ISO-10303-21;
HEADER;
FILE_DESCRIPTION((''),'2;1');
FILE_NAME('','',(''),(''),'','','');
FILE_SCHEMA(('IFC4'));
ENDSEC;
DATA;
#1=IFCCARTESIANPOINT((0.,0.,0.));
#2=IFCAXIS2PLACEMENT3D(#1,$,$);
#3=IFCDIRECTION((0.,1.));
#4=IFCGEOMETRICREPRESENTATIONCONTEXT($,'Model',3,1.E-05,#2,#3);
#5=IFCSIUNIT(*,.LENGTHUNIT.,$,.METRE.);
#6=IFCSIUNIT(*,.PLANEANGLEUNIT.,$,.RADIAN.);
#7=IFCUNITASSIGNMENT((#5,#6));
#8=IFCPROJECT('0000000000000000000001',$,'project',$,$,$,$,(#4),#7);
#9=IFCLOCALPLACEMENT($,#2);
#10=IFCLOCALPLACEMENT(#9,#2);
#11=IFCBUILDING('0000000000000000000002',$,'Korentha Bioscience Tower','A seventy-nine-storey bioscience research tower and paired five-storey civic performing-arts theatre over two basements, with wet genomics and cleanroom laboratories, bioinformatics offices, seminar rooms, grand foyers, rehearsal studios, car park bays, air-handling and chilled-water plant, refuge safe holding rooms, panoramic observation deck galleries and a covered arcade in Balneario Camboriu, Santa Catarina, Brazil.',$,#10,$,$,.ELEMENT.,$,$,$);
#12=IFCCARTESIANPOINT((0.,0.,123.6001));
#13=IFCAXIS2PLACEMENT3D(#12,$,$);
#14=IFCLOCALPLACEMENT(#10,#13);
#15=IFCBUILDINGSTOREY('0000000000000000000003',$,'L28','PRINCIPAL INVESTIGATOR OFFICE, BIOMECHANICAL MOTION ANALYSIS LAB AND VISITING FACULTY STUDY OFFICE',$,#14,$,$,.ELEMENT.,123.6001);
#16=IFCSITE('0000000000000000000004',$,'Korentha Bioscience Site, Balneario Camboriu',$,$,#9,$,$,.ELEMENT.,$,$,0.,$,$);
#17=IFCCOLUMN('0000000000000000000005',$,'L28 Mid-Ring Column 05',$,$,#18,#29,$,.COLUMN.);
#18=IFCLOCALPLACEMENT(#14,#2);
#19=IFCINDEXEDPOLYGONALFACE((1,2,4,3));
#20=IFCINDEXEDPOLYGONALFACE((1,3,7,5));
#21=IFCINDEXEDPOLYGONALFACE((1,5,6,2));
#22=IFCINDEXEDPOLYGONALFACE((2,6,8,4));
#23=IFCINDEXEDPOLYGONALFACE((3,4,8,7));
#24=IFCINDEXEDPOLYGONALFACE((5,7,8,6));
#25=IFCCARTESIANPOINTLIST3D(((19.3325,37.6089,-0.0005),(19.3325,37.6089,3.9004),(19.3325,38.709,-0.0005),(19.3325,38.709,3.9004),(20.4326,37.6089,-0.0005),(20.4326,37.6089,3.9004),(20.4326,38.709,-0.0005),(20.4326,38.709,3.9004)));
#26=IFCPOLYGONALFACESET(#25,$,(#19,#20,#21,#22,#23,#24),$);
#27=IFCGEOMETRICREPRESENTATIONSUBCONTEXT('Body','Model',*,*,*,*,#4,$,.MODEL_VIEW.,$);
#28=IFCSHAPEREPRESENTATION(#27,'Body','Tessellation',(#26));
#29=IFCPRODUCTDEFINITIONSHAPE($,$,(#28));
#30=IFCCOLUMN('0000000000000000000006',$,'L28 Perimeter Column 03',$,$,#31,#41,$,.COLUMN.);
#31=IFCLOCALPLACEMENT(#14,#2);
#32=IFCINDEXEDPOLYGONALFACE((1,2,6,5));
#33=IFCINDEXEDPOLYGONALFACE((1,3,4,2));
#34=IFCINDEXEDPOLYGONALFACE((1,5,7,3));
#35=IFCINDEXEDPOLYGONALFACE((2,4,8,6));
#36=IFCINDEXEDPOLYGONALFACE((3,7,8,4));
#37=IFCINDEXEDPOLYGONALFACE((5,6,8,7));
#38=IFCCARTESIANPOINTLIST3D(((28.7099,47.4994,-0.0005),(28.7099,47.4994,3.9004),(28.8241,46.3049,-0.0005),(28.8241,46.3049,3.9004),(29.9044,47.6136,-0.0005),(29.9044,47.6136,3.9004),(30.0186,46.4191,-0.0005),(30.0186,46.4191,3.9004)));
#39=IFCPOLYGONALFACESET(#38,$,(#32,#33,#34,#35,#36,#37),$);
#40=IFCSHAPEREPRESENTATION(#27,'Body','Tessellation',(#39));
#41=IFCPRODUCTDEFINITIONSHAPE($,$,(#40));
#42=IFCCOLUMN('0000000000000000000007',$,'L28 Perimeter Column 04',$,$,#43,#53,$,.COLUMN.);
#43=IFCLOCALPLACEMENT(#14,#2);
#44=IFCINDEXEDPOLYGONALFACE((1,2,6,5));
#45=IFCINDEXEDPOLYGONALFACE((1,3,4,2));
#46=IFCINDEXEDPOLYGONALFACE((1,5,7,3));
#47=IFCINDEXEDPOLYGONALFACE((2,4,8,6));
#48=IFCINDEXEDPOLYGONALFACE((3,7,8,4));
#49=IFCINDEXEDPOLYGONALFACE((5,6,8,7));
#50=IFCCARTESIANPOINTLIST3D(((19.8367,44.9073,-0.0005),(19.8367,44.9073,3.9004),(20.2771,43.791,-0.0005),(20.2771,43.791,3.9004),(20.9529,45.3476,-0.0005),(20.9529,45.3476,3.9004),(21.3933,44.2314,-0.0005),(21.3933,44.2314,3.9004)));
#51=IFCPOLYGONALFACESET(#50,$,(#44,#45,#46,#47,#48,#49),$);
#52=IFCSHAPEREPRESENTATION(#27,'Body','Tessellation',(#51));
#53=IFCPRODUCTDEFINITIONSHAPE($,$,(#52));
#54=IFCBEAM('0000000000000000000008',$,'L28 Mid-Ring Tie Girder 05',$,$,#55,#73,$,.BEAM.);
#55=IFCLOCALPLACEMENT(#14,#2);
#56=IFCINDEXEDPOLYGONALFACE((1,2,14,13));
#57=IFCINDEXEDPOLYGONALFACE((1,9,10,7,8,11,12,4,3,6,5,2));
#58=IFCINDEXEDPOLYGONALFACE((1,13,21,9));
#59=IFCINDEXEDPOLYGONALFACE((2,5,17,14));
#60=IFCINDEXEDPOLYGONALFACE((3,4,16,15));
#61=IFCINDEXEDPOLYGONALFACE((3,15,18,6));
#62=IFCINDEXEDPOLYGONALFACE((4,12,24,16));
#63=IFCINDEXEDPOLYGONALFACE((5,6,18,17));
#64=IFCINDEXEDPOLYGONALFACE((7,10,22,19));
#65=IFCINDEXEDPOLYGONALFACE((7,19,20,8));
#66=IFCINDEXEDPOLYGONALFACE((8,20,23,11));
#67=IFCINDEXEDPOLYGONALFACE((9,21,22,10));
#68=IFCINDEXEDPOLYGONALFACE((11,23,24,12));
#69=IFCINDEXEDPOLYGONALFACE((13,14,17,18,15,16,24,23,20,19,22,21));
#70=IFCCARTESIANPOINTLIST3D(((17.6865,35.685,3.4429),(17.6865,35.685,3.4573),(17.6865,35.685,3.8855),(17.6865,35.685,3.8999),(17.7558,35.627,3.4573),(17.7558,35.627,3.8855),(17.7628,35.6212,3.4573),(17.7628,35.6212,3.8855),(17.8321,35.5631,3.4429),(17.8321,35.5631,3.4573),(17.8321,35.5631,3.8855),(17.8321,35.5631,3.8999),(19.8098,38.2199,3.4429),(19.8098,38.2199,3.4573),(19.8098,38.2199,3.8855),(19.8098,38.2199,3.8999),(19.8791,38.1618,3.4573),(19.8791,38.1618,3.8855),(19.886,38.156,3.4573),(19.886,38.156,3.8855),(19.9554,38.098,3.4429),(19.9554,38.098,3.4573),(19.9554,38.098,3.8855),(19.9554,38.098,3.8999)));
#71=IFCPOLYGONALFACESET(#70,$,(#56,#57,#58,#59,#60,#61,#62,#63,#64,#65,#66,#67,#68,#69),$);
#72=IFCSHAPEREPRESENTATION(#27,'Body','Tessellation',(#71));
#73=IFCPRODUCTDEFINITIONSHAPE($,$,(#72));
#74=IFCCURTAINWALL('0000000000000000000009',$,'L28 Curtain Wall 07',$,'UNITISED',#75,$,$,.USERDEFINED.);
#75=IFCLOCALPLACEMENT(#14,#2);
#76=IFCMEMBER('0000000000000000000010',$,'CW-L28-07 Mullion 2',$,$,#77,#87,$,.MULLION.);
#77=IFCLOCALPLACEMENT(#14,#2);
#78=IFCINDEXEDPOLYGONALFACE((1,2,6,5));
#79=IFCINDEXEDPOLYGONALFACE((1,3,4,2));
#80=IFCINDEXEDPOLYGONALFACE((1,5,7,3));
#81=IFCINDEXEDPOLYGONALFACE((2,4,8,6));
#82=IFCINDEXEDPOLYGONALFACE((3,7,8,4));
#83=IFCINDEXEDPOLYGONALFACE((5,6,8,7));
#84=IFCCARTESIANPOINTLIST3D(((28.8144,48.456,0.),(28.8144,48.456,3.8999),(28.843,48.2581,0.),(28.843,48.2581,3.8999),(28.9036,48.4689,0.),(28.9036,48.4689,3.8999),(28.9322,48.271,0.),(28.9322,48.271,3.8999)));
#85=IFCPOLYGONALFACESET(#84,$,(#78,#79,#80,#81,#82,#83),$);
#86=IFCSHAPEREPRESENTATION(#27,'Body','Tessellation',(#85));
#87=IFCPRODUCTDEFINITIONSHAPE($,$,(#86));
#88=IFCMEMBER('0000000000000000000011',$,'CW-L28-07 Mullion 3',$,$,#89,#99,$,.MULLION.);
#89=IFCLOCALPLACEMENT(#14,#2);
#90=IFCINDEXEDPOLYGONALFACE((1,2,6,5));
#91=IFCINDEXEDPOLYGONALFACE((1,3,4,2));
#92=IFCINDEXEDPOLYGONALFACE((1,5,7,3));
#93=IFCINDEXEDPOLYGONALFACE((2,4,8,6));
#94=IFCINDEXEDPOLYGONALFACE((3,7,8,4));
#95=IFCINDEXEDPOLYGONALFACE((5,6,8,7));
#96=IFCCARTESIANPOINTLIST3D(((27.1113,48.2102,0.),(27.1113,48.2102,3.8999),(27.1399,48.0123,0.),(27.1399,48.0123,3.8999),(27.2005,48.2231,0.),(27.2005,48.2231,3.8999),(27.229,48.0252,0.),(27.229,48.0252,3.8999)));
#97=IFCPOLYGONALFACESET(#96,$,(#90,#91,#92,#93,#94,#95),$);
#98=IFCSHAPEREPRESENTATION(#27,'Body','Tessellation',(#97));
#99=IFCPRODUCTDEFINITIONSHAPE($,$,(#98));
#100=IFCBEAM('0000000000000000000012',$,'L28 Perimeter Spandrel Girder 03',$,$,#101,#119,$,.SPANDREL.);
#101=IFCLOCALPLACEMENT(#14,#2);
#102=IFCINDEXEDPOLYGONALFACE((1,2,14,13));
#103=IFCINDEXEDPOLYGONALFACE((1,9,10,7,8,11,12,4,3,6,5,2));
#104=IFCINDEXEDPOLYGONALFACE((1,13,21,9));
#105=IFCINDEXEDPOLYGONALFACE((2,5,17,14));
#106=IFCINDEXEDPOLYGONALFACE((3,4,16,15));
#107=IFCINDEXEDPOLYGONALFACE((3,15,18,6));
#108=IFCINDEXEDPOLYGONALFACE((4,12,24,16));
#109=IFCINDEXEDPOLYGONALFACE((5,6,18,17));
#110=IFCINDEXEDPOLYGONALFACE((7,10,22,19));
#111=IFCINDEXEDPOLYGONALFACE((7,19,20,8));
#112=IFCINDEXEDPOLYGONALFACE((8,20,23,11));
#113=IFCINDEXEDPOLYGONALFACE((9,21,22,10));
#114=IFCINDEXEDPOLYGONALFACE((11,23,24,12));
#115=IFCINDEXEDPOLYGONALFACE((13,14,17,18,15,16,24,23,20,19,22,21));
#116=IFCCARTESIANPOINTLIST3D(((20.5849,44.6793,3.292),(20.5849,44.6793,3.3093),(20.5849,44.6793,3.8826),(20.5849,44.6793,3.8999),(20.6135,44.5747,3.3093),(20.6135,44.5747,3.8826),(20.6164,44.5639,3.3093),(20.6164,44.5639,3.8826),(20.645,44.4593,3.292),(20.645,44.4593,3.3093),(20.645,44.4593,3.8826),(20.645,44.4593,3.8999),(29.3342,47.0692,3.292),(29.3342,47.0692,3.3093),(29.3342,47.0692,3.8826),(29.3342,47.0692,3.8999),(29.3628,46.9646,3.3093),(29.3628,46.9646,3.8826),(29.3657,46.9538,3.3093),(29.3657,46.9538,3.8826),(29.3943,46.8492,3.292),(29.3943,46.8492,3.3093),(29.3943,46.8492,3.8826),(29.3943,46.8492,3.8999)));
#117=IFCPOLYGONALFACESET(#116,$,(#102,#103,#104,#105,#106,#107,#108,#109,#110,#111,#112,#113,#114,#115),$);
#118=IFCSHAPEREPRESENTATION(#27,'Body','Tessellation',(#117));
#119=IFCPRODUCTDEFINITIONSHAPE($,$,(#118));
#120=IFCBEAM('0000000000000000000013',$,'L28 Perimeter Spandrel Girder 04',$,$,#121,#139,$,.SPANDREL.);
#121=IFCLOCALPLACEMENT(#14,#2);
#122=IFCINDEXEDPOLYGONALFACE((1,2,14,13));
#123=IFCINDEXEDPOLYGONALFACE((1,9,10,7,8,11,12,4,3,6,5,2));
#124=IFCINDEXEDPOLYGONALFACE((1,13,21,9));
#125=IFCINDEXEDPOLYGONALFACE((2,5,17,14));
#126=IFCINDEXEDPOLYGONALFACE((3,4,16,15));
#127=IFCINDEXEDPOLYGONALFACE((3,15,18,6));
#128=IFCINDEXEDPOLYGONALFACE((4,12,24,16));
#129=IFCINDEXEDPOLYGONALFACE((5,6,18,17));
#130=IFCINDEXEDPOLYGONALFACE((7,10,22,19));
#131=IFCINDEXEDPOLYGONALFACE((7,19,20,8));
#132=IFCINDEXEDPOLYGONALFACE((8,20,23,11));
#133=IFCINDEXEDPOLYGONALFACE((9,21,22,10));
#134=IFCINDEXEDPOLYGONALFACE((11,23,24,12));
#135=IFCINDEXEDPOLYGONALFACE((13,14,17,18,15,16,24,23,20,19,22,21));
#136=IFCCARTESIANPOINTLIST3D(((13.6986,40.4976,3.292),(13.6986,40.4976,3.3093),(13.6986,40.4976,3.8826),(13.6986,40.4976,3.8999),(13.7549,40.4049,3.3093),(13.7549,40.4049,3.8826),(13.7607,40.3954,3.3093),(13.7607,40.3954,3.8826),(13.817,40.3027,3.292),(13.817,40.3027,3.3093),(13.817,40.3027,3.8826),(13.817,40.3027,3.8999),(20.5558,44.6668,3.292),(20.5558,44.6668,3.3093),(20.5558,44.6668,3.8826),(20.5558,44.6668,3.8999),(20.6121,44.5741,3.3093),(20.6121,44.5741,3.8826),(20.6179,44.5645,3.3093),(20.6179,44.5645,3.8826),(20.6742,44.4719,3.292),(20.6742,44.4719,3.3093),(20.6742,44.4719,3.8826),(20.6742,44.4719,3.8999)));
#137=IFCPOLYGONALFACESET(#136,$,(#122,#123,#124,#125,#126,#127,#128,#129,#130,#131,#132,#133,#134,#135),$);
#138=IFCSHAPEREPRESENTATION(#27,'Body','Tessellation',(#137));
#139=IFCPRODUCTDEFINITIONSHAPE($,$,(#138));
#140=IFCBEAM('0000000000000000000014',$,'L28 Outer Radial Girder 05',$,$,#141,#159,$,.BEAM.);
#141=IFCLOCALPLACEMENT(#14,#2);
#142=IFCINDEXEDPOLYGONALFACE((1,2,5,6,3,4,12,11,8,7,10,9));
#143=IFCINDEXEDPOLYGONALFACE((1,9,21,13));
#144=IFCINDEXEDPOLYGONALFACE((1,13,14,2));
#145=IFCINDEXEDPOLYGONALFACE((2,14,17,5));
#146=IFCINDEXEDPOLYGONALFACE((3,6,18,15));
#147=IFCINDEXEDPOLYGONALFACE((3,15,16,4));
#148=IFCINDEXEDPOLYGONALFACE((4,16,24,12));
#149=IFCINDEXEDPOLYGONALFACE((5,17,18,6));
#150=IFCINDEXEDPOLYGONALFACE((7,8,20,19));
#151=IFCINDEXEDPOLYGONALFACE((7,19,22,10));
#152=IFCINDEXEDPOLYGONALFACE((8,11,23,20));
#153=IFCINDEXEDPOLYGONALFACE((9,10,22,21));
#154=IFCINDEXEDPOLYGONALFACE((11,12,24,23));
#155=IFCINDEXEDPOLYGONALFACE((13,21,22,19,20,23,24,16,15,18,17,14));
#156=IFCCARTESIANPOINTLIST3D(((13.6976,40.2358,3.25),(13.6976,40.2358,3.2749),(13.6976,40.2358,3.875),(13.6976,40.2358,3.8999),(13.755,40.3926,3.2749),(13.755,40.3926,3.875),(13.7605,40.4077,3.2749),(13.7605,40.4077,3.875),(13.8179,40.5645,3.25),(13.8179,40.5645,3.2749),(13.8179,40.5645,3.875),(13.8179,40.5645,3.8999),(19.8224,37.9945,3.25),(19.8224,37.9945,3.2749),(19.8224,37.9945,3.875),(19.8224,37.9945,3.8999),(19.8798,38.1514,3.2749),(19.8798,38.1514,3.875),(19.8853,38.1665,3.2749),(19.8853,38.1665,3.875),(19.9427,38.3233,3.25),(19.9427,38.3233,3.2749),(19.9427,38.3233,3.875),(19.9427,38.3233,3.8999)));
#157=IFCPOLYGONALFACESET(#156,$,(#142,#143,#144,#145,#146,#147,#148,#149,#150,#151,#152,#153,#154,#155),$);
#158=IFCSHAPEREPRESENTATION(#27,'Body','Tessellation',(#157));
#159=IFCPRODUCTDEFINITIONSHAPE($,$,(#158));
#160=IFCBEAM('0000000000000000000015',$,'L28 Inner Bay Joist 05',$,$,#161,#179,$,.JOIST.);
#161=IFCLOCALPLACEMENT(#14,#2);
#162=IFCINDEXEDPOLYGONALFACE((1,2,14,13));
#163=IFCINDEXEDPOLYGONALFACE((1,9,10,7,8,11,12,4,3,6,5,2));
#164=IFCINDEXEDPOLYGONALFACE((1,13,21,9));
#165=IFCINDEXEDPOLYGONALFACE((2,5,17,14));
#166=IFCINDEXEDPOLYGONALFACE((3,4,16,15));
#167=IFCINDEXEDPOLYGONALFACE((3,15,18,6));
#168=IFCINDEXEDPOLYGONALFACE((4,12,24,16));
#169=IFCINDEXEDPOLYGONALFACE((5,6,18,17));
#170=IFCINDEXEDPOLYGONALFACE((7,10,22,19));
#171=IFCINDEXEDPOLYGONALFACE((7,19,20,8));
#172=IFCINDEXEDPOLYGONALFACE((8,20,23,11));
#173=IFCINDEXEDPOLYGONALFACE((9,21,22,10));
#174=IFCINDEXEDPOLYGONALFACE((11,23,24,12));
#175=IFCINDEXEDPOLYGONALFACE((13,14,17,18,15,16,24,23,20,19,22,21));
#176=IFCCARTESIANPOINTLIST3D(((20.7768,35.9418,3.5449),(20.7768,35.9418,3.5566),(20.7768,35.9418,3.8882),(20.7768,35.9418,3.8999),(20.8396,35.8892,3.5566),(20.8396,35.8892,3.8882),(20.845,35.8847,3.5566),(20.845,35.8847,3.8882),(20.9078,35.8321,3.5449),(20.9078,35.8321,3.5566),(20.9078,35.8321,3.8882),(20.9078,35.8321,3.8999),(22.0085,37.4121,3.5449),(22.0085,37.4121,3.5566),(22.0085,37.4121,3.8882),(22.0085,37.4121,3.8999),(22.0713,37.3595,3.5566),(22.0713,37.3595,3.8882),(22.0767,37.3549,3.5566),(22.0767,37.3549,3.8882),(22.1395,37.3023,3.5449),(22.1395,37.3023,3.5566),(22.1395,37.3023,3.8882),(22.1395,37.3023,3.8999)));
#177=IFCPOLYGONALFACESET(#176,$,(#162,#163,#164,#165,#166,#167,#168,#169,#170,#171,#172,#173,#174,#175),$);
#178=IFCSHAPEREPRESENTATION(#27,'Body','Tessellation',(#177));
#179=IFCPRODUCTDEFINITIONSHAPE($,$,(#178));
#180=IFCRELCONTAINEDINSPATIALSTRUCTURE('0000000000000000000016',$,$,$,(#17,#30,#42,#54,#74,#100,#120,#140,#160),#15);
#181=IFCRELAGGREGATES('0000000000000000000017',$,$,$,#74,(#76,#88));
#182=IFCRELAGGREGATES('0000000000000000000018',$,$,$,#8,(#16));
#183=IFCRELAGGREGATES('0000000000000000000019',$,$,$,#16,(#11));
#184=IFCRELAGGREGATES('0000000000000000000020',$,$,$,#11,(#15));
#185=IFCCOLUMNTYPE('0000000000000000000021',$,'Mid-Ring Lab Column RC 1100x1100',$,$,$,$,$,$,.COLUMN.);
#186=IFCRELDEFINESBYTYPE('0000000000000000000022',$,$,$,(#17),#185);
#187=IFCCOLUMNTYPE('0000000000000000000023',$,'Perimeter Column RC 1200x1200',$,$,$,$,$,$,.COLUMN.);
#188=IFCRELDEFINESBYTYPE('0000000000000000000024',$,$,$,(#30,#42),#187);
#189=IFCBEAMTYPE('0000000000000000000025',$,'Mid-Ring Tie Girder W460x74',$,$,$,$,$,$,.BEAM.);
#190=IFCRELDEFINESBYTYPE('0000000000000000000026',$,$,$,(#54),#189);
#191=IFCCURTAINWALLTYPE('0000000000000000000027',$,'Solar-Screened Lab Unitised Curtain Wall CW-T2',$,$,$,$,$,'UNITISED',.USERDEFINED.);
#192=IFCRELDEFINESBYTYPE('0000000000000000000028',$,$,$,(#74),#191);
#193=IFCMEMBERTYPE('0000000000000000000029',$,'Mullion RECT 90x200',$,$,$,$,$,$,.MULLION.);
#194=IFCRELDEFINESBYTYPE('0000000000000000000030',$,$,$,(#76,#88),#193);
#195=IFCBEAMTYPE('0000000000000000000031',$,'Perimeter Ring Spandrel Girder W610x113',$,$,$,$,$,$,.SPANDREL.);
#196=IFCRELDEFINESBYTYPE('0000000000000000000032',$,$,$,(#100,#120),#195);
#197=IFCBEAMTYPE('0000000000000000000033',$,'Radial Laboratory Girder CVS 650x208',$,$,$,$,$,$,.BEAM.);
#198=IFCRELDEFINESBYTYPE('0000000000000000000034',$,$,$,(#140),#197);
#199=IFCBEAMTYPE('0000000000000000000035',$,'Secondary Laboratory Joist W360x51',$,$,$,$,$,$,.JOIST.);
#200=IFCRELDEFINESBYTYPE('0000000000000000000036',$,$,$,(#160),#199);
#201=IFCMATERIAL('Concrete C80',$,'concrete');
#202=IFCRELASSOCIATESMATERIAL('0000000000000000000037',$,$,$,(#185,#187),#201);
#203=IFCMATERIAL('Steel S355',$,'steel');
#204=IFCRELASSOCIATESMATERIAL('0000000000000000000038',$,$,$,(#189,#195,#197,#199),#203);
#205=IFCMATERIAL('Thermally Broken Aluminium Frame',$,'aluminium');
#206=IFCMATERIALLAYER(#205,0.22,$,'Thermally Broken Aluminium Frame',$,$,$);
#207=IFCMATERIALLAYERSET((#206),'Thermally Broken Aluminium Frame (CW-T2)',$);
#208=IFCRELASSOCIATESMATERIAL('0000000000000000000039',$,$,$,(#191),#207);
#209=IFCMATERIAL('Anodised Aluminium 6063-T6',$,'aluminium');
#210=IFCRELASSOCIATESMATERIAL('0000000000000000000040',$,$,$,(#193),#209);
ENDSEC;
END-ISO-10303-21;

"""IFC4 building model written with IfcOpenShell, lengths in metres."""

from ifc_helpers import new_model, si_unit, direction, frame, origin, origin_2d, place, context, subcontext, project, spatial, rectangle, i_section, extrude, material, layer, layer_set, material_profile, profile_set, type_object, element, aggregate, save


model = new_model("IFC4")

# Units and contexts
model_context = context("Model", 3, precision=1e-05, world=origin(), true_north=direction((0.0, 1.0)))
body_context = subcontext(model_context, "Body", "Model", "MODEL_VIEW")
ifc_project = project(units=[si_unit("LENGTHUNIT", "METRE"), si_unit("PLANEANGLEUNIT", "RADIAN")], contexts=[model_context])

# Site, building, storey
site_placement = place(None, origin())
site = spatial("IfcSite", under=ifc_project, at=site_placement, Name="Korentha Bioscience Site, Balneario Camboriu", CompositionType="ELEMENT", RefElevation=0.0)
building_placement = place(site_placement, origin())
building = spatial("IfcBuilding", under=site, at=building_placement, Name="Korentha Bioscience Tower", Description="A seventy-nine-storey bioscience research tower and paired five-storey civic performing-arts theatre over two basements, with wet genomics and cleanroom laboratories, bioinformatics offices, seminar rooms, grand foyers, rehearsal studios, car park bays, air-handling and chilled-water plant, refuge safe holding rooms, panoramic observation deck galleries and a covered arcade in Balneario Camboriu, Santa Catarina, Brazil.", CompositionType="ELEMENT")
storey_placement = place(building_placement, frame((0.0, 0.0, 123.6001)))
storey = spatial("IfcBuildingStorey", under=building, at=storey_placement, Name="L28", Description="PRINCIPAL INVESTIGATOR OFFICE, BIOMECHANICAL MOTION ANALYSIS LAB AND VISITING FACULTY STUDY OFFICE", CompositionType="ELEMENT", Elevation=123.6001)

# Columns
ifc_material_1 = material(Name="Concrete C80", Category="concrete")
ifc_material_profile_1 = material_profile(ifc_material_1, rectangle(XDim=1.1001, YDim=1.1001, at=origin_2d()), Name="Concrete C80")
ifc_profile_set_1 = profile_set([ifc_material_profile_1], Name="Concrete C80 (COL-MR11)")
column_type_1 = type_object("IfcColumnType", Name="Mid-Ring Lab Column RC 1100x1100", PredefinedType="COLUMN", material=ifc_profile_set_1)
column_placement = place(storey_placement, frame((19.8826, 38.1589, -0.0005), z_axis=(0.0, 0.0, 1.0), x_axis=(1.0, 0.0, 0.0)))
element("IfcColumn", 1, at=column_placement, inside=storey, type_object=column_type_1, Name="L28 Mid-Ring Column 05", PredefinedType="COLUMN", context=body_context, shape_type="SweptSolid", body=[
    extrude(rectangle(XDim=1.1001, YDim=1.1001, at=origin_2d()), origin(), (0.0, 0.0, 1.0), 3.9009),
])
ifc_material_profile_2 = material_profile(ifc_material_1, rectangle(XDim=1.2, YDim=1.2, at=origin_2d()), Name="Concrete C80")
ifc_profile_set_2 = profile_set([ifc_material_profile_2], Name="Concrete C80 (COL-P12)")
column_type_2 = type_object("IfcColumnType", Name="Perimeter Column RC 1200x1200", PredefinedType="COLUMN", material=ifc_profile_set_2)
for number, where, z_axis, x_axis, name in (
    (2, (29.3643, 46.9592, -0.0005), (0.0, 0.0, 1.0), (0.995463, 0.095151, 0.0), "L28 Perimeter Column 03"),
    (3, (20.615, 44.5693, -0.0005), (0.0, 0.0, 1.0), (0.930226, 0.366988, 0.0), "L28 Perimeter Column 04"),
):
    element("IfcColumn", number, at=place(storey_placement, frame(where, z_axis=z_axis, x_axis=x_axis)), inside=storey, type_object=column_type_2, Name=name, PredefinedType="COLUMN", context=body_context, shape_type="SweptSolid", body=[
        extrude(rectangle(XDim=1.2, YDim=1.2, at=origin_2d()), origin(), (0.0, 0.0, 1.0), 3.9009),
    ])

# Beam
ifc_material_2 = material(Name="Steel S355", Category="steel")
ifc_material_profile_3 = material_profile(ifc_material_2, i_section(OverallWidth=0.1899, OverallDepth=0.457, WebThickness=0.009, FlangeThickness=0.0144, at=origin_2d()), Name="Steel S355")
ifc_profile_set_3 = profile_set([ifc_material_profile_3], Name="Steel S355 (MB-460)")
beam_type_1 = type_object("IfcBeamType", Name="Mid-Ring Tie Girder W460x74", PredefinedType="BEAM", material=ifc_profile_set_3)
beam_1_placement = place(storey_placement, frame((19.8826, 38.1589, 3.6714), z_axis=(-0.642121, -0.766603, 0.0), x_axis=(0.766603, -0.642121, 0.0)))
element("IfcBeam", 4, at=beam_1_placement, inside=storey, type_object=beam_type_1, Name="L28 Mid-Ring Tie Girder 05", PredefinedType="BEAM", context=body_context, shape_type="SweptSolid", body=[
    extrude(i_section(OverallWidth=0.1899, OverallDepth=0.457, WebThickness=0.009, FlangeThickness=0.0144, at=origin_2d()), origin(), (0.0, 0.0, 1.0), 3.3066),
])

# Curtain wall, members
ifc_material_3 = material(Name="Thermally Broken Aluminium Frame", Category="aluminium")
ifc_layer_1 = layer(ifc_material_3, 0.22, Name="Thermally Broken Aluminium Frame")
ifc_layer_set_1 = layer_set([ifc_layer_1], Name="Thermally Broken Aluminium Frame (CW-T2)")
curtain_wall_type = type_object("IfcCurtainWallType", Name="Solar-Screened Lab Unitised Curtain Wall CW-T2", ElementType="UNITISED", PredefinedType="USERDEFINED", material=ifc_layer_set_1)
curtain_wall_placement = place(storey_placement, origin())
curtain_wall = element("IfcCurtainWall", 5, at=curtain_wall_placement, inside=storey, type_object=curtain_wall_type, Name="L28 Curtain Wall 07", ObjectType="UNITISED", PredefinedType="USERDEFINED")
ifc_material_4 = material(Name="Anodised Aluminium 6063-T6", Category="aluminium")
ifc_material_profile_4 = material_profile(ifc_material_4, rectangle(XDim=0.0901, YDim=0.2, at=origin_2d()), Name="Anodised Aluminium 6063-T6")
ifc_profile_set_4 = profile_set([ifc_material_profile_4], Name="Anodised Aluminium 6063-T6 (CW-MUL)")
member_type_1 = type_object("IfcMemberType", Name="Mullion RECT 90x200", PredefinedType="MULLION", material=ifc_profile_set_4)
member_1_placement = place(storey_placement, frame((28.8733, 48.3635, 0.0), z_axis=(0.0, 0.0, 1.0), x_axis=(-0.989738, -0.142892, 0.0)))
member_1 = element("IfcMember", 6, at=member_1_placement, type_object=member_type_1, Name="CW-L28-07 Mullion 2", PredefinedType="MULLION", context=body_context, shape_type="SweptSolid", body=[
    extrude(rectangle(XDim=0.0901, YDim=0.2, at=origin_2d()), origin(), (0.0, 0.0, 1.0), 3.8999),
])
member_2_placement = place(storey_placement, frame((27.1702, 48.1177, 0.0), z_axis=(0.0, 0.0, 1.0), x_axis=(-0.989738, -0.142892, 0.0)))
member_2 = element("IfcMember", 7, at=member_2_placement, type_object=member_type_1, Name="CW-L28-07 Mullion 3", PredefinedType="MULLION", context=body_context, shape_type="SweptSolid", body=[
    extrude(rectangle(XDim=0.0901, YDim=0.2, at=origin_2d()), origin(), (0.0, 0.0, 1.0), 3.8999),
])

# Beams
ifc_material_profile_5 = material_profile(ifc_material_2, i_section(OverallWidth=0.228, OverallDepth=0.6079, WebThickness=0.0112, FlangeThickness=0.0173, at=origin_2d()), Name="Steel S355")
ifc_profile_set_5 = profile_set([ifc_material_profile_5], Name="Steel S355 (SB-610)")
beam_type_2 = type_object("IfcBeamType", Name="Perimeter Ring Spandrel Girder W610x113", PredefinedType="SPANDREL", material=ifc_profile_set_5)
beam_2_placement = place(storey_placement, frame((29.3643, 46.9592, 3.5959), z_axis=(-0.964659, -0.2635, 0.0), x_axis=(0.2635, -0.964659, 0.0)))
element("IfcBeam", 8, at=beam_2_placement, inside=storey, type_object=beam_type_2, Name="L28 Perimeter Spandrel Girder 03", PredefinedType="SPANDREL", context=body_context, shape_type="SweptSolid", body=[
    extrude(i_section(OverallWidth=0.228, OverallDepth=0.6079, WebThickness=0.0112, FlangeThickness=0.0173, at=origin_2d()), origin(), (0.0, 0.0, 1.0), 9.0698),
])
beam_3_placement = place(storey_placement, frame((20.615, 44.5693, 3.5959), z_axis=(-0.854461, -0.519515, 0.0), x_axis=(0.519515, -0.854461, 0.0)))
element("IfcBeam", 9, at=beam_3_placement, inside=storey, type_object=beam_type_2, Name="L28 Perimeter Spandrel Girder 04", PredefinedType="SPANDREL", context=body_context, shape_type="SweptSolid", body=[
    extrude(i_section(OverallWidth=0.228, OverallDepth=0.6079, WebThickness=0.0112, FlangeThickness=0.0173, at=origin_2d()), origin(), (0.0, 0.0, 1.0), 8.0251),
])
ifc_material_profile_6 = material_profile(ifc_material_2, i_section(OverallWidth=0.3501, OverallDepth=0.6499, WebThickness=0.0161, FlangeThickness=0.0249, at=origin_2d()), Name="Steel S355")
ifc_profile_set_6 = profile_set([ifc_material_profile_6], Name="Steel S355 (RB-650)")
beam_type_3 = type_object("IfcBeamType", Name="Radial Laboratory Girder CVS 650x208", PredefinedType="BEAM", material=ifc_profile_set_6)
beam_4_placement = place(storey_placement, frame((19.8826, 38.1589, 3.575), z_axis=(-0.939101, 0.343642, 0.0), x_axis=(-0.343642, -0.939101, 0.0)))
element("IfcBeam", 10, at=beam_4_placement, inside=storey, type_object=beam_type_3, Name="L28 Outer Radial Girder 05", PredefinedType="BEAM", context=body_context, shape_type="SweptSolid", body=[
    extrude(i_section(OverallWidth=0.3501, OverallDepth=0.6499, WebThickness=0.0161, FlangeThickness=0.0249, at=origin_2d()), origin(), (0.0, 0.0, 1.0), 6.522),
])
ifc_material_profile_7 = material_profile(ifc_material_2, i_section(OverallWidth=0.1709, OverallDepth=0.355, WebThickness=0.0071, FlangeThickness=0.0117, at=origin_2d()), Name="Steel S355")
ifc_profile_set_7 = profile_set([ifc_material_profile_7], Name="Steel S355 (JB-360)")
beam_type_4 = type_object("IfcBeamType", Name="Secondary Laboratory Joist W360x51", PredefinedType="JOIST", material=ifc_profile_set_7)
beam_5_placement = place(storey_placement, frame((22.074, 37.3572, 3.7224), z_axis=(-0.642185, -0.766549, 0.0), x_axis=(0.766549, -0.642185, 0.0)))
element("IfcBeam", 11, at=beam_5_placement, inside=storey, type_object=beam_type_4, Name="L28 Inner Bay Joist 05", PredefinedType="JOIST", context=body_context, shape_type="SweptSolid", body=[
    extrude(i_section(OverallWidth=0.1709, OverallDepth=0.355, WebThickness=0.0071, FlangeThickness=0.0117, at=origin_2d()), origin(), (0.0, 0.0, 1.0), 1.918),
])

aggregate(curtain_wall, [member_1, member_2])

save(model, "model.ifc")
